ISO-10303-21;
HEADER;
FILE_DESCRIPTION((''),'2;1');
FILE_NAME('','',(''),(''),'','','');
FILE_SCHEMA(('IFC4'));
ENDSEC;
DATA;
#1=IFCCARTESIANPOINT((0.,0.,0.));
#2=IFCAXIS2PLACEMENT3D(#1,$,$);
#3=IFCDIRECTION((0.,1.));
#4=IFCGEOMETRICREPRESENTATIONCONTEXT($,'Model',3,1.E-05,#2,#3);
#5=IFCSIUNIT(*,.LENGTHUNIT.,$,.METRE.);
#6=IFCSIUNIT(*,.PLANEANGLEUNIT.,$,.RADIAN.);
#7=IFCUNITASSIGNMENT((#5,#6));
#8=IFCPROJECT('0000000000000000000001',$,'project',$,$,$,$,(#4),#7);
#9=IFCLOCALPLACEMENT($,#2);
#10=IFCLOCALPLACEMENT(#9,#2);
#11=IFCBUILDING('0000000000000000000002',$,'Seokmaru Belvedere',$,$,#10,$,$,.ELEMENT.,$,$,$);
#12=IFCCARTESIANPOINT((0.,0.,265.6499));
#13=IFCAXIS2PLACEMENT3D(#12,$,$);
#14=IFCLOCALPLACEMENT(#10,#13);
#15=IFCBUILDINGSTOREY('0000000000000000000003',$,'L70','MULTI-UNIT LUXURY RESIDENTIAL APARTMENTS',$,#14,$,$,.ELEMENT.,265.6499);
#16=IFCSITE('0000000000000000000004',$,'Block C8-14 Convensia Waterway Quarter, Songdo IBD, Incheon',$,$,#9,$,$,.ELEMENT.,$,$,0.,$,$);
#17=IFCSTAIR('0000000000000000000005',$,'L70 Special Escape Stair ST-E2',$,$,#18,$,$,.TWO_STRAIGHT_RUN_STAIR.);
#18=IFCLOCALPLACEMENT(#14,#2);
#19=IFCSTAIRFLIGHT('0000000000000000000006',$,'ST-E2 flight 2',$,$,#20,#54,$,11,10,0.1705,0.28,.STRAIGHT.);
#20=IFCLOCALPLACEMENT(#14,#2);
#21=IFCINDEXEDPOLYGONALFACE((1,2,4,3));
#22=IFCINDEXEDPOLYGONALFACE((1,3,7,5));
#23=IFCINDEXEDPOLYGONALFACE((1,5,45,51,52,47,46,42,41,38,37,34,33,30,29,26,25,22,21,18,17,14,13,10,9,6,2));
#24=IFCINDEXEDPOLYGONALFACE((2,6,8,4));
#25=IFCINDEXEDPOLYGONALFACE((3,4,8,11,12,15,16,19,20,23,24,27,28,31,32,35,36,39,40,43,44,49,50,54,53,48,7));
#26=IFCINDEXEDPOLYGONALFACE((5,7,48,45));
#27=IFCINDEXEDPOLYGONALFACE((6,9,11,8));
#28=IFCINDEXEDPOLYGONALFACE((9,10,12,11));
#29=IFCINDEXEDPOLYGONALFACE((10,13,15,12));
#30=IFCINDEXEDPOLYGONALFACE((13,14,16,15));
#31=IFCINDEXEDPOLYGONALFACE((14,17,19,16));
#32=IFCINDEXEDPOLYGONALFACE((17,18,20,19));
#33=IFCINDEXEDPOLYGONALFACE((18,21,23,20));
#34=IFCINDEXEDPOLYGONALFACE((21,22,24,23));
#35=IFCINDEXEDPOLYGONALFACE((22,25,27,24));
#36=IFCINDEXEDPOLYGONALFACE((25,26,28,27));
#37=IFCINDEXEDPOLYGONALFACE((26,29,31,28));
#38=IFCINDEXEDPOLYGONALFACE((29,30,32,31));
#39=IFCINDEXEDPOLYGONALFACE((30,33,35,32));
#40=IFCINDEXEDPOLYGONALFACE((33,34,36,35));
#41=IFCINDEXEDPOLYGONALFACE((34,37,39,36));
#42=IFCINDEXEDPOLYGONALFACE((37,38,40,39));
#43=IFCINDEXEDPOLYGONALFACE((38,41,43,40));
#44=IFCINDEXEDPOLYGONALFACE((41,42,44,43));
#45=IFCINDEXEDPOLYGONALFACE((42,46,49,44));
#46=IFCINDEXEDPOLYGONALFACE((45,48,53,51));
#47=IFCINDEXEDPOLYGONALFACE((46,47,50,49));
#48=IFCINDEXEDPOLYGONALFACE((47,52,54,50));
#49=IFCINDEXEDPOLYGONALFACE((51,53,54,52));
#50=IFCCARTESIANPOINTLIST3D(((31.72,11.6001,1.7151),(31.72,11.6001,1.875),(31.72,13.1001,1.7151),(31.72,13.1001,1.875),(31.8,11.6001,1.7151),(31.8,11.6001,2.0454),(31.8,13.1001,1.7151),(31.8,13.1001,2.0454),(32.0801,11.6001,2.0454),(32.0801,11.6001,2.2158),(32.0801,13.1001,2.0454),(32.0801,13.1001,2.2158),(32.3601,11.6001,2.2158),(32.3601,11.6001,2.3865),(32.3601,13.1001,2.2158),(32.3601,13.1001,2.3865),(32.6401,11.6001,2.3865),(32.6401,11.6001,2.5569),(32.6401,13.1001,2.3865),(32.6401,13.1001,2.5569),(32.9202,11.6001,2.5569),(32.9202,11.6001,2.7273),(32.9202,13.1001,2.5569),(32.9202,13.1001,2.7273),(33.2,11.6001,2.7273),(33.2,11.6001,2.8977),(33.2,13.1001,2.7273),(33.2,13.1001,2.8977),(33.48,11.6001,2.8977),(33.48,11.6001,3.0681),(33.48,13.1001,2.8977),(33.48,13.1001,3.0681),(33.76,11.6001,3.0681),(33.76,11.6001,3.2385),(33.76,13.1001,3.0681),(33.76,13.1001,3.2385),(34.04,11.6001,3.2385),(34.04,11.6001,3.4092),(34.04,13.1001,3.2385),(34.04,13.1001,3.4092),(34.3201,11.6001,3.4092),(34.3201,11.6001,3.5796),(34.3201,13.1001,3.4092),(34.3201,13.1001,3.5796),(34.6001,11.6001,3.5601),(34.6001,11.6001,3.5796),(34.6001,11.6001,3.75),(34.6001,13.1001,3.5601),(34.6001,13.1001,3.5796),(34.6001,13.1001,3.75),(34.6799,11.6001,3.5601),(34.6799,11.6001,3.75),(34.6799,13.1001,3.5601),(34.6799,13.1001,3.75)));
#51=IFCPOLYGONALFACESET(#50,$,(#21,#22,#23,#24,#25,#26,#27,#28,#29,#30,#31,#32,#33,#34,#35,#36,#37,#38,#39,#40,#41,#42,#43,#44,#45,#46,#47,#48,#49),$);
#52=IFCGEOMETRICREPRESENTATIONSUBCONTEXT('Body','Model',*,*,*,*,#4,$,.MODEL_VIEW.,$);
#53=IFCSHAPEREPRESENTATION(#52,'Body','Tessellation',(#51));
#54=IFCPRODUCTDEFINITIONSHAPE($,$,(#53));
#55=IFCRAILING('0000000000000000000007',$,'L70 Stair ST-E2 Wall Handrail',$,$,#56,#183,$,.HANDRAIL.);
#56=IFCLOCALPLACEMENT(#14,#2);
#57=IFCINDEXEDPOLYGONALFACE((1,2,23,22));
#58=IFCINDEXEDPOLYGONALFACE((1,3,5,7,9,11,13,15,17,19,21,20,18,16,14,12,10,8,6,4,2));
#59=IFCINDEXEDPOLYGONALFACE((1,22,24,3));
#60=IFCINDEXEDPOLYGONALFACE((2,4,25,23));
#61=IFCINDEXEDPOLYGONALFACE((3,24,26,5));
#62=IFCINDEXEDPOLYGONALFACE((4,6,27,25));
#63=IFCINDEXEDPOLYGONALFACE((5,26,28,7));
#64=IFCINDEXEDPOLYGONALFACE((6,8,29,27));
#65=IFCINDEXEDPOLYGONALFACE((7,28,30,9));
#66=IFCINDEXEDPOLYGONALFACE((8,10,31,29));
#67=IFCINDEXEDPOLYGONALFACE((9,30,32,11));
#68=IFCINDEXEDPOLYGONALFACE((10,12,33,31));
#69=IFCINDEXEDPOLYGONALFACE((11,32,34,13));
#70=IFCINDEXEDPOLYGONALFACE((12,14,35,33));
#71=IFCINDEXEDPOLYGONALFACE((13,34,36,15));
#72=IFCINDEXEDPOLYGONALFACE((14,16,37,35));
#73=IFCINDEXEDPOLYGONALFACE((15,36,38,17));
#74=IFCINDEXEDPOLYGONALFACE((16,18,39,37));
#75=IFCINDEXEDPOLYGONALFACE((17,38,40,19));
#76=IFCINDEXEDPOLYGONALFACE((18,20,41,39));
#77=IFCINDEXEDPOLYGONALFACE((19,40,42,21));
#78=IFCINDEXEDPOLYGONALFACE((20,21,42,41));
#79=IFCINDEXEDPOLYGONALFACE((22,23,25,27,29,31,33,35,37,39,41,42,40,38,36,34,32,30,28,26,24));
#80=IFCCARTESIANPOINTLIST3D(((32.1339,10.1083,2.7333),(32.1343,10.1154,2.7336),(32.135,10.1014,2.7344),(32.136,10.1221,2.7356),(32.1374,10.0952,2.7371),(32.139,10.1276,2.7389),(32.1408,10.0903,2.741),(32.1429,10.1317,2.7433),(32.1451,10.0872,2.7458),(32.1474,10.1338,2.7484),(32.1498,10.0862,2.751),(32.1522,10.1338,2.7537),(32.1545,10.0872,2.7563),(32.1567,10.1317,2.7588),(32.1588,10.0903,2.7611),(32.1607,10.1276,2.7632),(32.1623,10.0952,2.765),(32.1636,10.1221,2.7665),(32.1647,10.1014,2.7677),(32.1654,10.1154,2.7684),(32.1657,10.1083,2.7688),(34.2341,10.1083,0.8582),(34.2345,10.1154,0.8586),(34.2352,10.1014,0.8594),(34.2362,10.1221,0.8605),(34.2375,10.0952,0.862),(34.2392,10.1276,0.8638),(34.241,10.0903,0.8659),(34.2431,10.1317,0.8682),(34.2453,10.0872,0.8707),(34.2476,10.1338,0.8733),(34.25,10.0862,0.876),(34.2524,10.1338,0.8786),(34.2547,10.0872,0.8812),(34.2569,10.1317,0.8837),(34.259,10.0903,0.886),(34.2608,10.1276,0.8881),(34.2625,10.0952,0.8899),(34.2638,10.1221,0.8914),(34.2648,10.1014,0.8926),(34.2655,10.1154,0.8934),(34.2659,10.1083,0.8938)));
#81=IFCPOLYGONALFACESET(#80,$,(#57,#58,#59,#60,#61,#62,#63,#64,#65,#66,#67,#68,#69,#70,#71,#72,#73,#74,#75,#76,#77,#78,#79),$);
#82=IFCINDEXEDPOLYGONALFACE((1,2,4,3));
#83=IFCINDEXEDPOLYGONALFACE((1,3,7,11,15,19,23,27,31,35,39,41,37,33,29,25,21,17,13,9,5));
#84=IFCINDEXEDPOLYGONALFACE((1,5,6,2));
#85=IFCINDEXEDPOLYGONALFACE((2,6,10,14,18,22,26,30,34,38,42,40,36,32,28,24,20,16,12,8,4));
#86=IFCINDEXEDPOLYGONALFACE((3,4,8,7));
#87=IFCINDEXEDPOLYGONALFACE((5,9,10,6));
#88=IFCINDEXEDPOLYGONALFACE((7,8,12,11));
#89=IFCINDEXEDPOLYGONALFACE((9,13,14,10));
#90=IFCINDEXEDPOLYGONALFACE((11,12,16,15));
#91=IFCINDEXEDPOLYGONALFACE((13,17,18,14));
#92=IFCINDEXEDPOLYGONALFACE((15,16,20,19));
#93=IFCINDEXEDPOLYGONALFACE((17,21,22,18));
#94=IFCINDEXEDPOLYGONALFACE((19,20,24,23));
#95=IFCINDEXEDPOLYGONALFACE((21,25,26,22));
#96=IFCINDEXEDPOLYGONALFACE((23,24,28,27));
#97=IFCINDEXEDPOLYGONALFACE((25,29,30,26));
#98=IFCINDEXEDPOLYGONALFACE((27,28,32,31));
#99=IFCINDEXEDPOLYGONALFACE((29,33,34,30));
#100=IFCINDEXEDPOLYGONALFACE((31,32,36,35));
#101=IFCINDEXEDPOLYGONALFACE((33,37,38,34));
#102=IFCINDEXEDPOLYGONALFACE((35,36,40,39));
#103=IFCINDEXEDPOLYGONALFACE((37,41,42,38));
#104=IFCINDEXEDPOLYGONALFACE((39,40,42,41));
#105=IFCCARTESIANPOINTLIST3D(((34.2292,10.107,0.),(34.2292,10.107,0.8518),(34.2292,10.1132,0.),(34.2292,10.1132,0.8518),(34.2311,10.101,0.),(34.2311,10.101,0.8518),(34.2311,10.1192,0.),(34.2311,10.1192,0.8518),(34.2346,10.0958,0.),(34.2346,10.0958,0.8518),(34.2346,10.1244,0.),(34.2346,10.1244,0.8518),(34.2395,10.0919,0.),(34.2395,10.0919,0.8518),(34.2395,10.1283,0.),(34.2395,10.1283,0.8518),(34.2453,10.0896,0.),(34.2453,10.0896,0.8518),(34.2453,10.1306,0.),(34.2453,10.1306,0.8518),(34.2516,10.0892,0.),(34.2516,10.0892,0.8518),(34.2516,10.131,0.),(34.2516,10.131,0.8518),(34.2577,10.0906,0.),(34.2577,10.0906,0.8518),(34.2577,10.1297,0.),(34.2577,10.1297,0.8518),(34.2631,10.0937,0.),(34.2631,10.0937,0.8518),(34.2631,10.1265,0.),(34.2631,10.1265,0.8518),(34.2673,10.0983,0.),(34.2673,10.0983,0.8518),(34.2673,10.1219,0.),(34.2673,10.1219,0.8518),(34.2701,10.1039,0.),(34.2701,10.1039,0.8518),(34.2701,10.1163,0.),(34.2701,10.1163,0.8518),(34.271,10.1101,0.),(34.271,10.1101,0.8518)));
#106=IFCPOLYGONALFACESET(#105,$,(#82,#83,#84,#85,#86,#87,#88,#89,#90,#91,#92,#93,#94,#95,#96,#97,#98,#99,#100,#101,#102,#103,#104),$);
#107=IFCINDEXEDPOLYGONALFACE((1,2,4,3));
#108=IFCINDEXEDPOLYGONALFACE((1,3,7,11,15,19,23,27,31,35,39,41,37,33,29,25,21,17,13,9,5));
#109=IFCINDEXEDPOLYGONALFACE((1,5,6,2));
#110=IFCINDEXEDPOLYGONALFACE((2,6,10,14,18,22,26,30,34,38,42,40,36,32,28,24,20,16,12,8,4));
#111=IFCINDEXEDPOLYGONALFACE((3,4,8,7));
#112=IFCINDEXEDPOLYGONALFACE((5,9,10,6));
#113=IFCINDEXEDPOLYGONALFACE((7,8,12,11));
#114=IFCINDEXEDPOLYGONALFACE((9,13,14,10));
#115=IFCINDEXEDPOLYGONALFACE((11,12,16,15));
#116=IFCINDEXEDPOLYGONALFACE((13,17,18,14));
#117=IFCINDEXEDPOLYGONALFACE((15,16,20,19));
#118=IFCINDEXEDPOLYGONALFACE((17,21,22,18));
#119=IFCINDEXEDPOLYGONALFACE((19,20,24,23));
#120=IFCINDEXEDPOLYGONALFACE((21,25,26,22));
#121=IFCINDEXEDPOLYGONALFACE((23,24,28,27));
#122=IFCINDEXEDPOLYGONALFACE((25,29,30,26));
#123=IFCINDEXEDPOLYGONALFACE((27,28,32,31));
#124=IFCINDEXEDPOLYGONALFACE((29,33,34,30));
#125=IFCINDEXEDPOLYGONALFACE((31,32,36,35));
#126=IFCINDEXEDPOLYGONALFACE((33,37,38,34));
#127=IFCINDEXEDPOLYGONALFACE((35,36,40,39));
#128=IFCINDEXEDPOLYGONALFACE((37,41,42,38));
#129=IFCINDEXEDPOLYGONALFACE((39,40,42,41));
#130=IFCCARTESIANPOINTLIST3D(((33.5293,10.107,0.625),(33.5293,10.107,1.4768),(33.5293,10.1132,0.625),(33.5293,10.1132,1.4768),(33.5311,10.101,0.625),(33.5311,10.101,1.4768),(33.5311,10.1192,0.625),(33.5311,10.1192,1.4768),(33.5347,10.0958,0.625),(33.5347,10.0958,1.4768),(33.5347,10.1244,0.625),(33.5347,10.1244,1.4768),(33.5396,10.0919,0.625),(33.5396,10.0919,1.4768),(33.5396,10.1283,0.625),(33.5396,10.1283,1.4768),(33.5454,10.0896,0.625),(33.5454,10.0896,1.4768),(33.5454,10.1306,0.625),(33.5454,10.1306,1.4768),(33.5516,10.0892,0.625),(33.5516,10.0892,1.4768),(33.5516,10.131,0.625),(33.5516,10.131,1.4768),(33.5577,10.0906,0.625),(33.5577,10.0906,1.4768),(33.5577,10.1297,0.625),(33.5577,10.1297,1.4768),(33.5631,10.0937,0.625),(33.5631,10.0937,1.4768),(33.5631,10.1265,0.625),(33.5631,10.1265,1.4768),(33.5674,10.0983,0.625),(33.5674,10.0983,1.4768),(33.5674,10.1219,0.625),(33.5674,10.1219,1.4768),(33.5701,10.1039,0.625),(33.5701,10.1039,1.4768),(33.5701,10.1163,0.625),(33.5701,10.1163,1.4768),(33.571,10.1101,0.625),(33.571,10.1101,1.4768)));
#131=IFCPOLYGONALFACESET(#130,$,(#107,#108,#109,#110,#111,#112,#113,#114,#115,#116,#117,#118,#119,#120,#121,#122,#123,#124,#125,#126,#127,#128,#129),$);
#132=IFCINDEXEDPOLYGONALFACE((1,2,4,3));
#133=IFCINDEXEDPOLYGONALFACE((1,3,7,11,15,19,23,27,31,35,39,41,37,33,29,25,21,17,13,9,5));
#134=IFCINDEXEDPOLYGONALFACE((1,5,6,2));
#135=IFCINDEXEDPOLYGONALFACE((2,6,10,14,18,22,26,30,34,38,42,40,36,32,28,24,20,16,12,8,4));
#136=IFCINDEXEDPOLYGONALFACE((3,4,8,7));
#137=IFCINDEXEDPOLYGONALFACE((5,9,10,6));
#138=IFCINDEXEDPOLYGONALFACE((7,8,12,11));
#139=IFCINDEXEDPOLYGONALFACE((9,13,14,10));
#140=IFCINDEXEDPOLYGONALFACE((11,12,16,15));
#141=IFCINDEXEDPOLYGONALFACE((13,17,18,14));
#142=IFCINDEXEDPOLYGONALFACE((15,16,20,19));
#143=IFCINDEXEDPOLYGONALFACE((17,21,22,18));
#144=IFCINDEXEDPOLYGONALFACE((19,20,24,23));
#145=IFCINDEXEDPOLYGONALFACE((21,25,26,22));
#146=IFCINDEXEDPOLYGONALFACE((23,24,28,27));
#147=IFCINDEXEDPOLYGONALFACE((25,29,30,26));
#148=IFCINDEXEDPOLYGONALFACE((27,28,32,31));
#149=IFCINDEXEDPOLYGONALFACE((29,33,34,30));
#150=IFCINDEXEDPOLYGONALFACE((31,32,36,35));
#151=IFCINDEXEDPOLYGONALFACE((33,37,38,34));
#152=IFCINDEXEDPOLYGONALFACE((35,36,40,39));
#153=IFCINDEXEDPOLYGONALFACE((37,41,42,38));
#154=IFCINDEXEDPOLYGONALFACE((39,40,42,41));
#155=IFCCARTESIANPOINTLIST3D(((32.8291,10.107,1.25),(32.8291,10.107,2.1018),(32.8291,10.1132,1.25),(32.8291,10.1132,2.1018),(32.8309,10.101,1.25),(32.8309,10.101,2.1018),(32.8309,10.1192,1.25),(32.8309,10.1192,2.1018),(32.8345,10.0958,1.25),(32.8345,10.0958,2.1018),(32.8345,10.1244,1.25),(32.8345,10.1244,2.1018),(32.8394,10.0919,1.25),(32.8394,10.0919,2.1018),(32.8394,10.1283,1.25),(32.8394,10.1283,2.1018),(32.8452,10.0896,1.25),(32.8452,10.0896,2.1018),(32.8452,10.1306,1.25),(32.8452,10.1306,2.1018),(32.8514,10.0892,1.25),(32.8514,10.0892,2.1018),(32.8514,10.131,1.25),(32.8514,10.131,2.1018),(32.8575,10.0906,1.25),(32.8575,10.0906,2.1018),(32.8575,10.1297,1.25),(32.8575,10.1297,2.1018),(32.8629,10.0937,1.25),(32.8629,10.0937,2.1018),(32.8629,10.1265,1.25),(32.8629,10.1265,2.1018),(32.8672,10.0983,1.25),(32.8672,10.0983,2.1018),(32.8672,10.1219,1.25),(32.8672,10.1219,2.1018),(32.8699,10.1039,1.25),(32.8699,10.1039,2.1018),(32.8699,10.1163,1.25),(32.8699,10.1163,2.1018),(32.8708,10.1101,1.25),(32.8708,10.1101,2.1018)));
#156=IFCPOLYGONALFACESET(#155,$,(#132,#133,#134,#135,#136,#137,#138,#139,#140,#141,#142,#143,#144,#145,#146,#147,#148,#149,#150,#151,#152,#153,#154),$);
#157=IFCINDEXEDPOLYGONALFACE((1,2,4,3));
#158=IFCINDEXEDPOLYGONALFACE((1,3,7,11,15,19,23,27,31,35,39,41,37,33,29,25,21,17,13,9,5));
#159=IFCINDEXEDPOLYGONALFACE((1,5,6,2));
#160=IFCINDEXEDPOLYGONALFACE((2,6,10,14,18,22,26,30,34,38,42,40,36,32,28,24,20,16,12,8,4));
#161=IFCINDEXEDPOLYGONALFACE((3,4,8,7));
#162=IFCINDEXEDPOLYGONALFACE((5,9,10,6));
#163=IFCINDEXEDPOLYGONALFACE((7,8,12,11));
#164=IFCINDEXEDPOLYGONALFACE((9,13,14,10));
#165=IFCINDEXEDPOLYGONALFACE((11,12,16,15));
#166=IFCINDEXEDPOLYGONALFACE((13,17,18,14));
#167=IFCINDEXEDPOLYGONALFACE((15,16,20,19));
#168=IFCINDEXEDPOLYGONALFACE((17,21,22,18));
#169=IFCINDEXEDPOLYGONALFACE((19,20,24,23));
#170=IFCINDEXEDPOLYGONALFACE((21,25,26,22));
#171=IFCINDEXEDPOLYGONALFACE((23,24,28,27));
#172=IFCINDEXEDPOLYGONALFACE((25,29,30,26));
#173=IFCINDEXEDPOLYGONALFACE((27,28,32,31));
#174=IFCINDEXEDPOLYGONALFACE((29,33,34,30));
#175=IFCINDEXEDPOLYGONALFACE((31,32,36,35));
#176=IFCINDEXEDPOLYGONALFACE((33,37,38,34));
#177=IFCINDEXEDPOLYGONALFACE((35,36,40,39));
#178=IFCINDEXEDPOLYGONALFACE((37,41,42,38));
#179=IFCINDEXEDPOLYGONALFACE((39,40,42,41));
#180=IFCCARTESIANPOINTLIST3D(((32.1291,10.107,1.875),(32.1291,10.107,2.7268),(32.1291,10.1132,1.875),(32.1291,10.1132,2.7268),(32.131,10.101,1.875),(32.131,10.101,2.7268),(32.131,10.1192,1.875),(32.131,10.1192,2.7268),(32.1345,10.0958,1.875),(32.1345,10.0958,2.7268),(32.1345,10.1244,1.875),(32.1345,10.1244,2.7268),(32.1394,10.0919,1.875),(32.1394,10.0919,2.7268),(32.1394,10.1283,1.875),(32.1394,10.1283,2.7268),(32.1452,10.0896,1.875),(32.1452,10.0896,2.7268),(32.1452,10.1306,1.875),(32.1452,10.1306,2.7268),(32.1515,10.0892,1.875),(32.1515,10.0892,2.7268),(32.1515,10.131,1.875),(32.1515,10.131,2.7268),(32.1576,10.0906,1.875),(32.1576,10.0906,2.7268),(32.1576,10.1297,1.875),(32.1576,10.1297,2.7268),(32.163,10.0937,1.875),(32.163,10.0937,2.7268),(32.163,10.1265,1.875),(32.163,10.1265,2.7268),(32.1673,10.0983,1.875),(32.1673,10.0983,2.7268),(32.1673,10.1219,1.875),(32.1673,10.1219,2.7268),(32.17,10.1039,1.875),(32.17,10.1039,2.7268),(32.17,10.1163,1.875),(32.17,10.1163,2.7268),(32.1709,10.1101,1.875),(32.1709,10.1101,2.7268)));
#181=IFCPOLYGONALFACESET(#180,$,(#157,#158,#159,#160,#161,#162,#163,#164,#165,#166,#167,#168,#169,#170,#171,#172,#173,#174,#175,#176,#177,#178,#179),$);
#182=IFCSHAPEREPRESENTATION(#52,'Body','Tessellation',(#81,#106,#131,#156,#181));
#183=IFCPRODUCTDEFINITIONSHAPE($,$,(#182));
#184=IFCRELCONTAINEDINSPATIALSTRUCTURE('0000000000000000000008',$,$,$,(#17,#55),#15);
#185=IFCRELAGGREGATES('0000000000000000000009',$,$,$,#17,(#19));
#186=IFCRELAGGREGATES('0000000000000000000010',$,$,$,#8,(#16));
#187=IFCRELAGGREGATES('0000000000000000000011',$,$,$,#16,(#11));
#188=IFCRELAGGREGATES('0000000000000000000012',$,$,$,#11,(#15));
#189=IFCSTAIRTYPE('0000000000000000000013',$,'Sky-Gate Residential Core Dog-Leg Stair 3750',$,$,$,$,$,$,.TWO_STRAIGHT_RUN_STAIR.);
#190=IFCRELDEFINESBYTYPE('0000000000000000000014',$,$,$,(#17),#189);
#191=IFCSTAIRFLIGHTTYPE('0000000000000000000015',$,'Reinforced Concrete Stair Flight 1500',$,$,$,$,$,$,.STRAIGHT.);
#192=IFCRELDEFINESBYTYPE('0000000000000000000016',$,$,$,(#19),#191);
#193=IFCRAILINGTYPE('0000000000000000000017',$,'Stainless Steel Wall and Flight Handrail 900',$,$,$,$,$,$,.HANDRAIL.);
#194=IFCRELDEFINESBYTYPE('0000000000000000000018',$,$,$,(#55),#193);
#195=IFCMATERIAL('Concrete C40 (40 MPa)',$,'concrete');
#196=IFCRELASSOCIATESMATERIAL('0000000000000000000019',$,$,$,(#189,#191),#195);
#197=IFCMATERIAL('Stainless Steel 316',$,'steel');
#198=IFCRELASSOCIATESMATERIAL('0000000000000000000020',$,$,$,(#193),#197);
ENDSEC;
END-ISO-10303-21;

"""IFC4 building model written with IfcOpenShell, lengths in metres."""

from ifc_helpers import new_model, si_unit, direction, frame, origin, origin_2d, place, context, subcontext, project, spatial, polyline, circle, outline, extrude, material, type_object, element, aggregate, save


model = new_model("IFC4")

# Units and contexts
model_context = context("Model", 3, precision=1e-05, world=origin(), true_north=direction((0.0, 1.0)))
body_context = subcontext(model_context, "Body", "Model", "MODEL_VIEW")
ifc_project = project(units=[si_unit("LENGTHUNIT", "METRE"), si_unit("PLANEANGLEUNIT", "RADIAN")], contexts=[model_context])

# Site, building, storey
site_placement = place(None, origin())
site = spatial("IfcSite", under=ifc_project, at=site_placement, Name="Block C8-14 Convensia Waterway Quarter, Songdo IBD, Incheon", CompositionType="ELEMENT", RefElevation=0.0)
building_placement = place(site_placement, origin())
building = spatial("IfcBuilding", under=site, at=building_placement, Name="Seokmaru Belvedere", CompositionType="ELEMENT")
storey_placement = place(building_placement, frame((0.0, 0.0, 265.6499)))
storey = spatial("IfcBuildingStorey", under=building, at=storey_placement, Name="L70", Description="MULTI-UNIT LUXURY RESIDENTIAL APARTMENTS", CompositionType="ELEMENT", Elevation=265.6499)

# Shared definitions
ifc_material_1 = material(Name="Stainless Steel 316", Category="steel")

# Stair, stair flight
ifc_material_2 = material(Name="Concrete C40 (40 MPa)", Category="concrete")
stair_type = type_object("IfcStairType", Name="Sky-Gate Residential Core Dog-Leg Stair 3750", PredefinedType="TWO_STRAIGHT_RUN_STAIR", material=ifc_material_2)
stair_placement = place(storey_placement, origin())
stair = element("IfcStair", 1, at=stair_placement, inside=storey, type_object=stair_type, Name="L70 Special Escape Stair ST-E2", PredefinedType="TWO_STRAIGHT_RUN_STAIR")
stair_flight_type = type_object("IfcStairFlightType", Name="Reinforced Concrete Stair Flight 1500", PredefinedType="STRAIGHT", material=ifc_material_2)
stair_flight_1_placement = place(storey_placement, frame((31.8, 12.3501, 1.875), z_axis=(0.0, 0.0, 1.0), x_axis=(1.0, 0.0, 0.0)))
stair_flight_1 = element("IfcStairFlight", 2, at=stair_flight_1_placement, type_object=stair_flight_type, Name="ST-E2 flight 2", NumberOfRisers=11, NumberOfTreads=10, PredefinedType="STRAIGHT", RiserHeight=0.1705, TreadLength=0.28, context=body_context, shape_type="SweptSolid", body=[
    extrude(outline(polyline([(-0.0801, 0.0), (0.0, 0.1704), (0.28, 0.1704), (0.28, 0.3408), (0.5601, 0.3408), (0.5601, 0.5115), (0.8401, 0.5115), (0.8401, 0.6819), (1.1201, 0.6819), (1.1201, 0.8523), (1.3999, 0.8523), (1.3999, 1.0227), (1.6799, 1.0227), (1.6799, 1.1931), (1.96, 1.1931), (1.96, 1.3635), (2.24, 1.3635), (2.24, 1.5342), (2.52, 1.5342), (2.52, 1.7046), (2.8, 1.7046), (2.8, 1.875), (2.8799, 1.875), (2.8799, 1.6851), (2.8, 1.6851), (0.0, -0.1599), (-0.0801, -0.1599), (-0.0801, 0.0)])), frame((0.0, 0.75, 0.0), z_axis=(0.0, -1.0, 0.0), x_axis=(1.0, 0.0, 0.0)), (0.0, 0.0, 1.0), 1.5),
])
aggregate(stair, [stair_flight_1])

# Railing
railing_type_1 = type_object("IfcRailingType", Name="Stainless Steel Wall and Flight Handrail 900", PredefinedType="HANDRAIL", material=ifc_material_1)
railing_1_placement = place(storey_placement, frame((34.25, 10.1101, 0.0)))
element("IfcRailing", 3, at=railing_1_placement, inside=storey, type_object=railing_type_1, Name="L70 Stair ST-E2 Wall Handrail", PredefinedType="HANDRAIL", context=body_context, shape_type="SweptSolid", body=[
    extrude(circle(Radius=0.0239, at=origin_2d()), frame((0.0, 0.0, 0.876), z_axis=(-0.745953, 0.0, 0.665999), x_axis=(0.0, -1.0, 0.0)), (0.0, 0.0, 1.0), 2.8154),
    extrude(circle(Radius=0.021, at=origin_2d()), origin(), (0.0, 0.0, 1.0), 0.8518),
    extrude(circle(Radius=0.021, at=origin_2d()), frame((-0.7, 0.0, 0.625)), (0.0, 0.0, 1.0), 0.8518),
    extrude(circle(Radius=0.021, at=origin_2d()), frame((-1.4001, 0.0, 1.25)), (0.0, 0.0, 1.0), 0.8518),
    extrude(circle(Radius=0.021, at=origin_2d()), frame((-2.1001, 0.0, 1.875)), (0.0, 0.0, 1.0), 0.8518),
])

save(model, "model.ifc")
